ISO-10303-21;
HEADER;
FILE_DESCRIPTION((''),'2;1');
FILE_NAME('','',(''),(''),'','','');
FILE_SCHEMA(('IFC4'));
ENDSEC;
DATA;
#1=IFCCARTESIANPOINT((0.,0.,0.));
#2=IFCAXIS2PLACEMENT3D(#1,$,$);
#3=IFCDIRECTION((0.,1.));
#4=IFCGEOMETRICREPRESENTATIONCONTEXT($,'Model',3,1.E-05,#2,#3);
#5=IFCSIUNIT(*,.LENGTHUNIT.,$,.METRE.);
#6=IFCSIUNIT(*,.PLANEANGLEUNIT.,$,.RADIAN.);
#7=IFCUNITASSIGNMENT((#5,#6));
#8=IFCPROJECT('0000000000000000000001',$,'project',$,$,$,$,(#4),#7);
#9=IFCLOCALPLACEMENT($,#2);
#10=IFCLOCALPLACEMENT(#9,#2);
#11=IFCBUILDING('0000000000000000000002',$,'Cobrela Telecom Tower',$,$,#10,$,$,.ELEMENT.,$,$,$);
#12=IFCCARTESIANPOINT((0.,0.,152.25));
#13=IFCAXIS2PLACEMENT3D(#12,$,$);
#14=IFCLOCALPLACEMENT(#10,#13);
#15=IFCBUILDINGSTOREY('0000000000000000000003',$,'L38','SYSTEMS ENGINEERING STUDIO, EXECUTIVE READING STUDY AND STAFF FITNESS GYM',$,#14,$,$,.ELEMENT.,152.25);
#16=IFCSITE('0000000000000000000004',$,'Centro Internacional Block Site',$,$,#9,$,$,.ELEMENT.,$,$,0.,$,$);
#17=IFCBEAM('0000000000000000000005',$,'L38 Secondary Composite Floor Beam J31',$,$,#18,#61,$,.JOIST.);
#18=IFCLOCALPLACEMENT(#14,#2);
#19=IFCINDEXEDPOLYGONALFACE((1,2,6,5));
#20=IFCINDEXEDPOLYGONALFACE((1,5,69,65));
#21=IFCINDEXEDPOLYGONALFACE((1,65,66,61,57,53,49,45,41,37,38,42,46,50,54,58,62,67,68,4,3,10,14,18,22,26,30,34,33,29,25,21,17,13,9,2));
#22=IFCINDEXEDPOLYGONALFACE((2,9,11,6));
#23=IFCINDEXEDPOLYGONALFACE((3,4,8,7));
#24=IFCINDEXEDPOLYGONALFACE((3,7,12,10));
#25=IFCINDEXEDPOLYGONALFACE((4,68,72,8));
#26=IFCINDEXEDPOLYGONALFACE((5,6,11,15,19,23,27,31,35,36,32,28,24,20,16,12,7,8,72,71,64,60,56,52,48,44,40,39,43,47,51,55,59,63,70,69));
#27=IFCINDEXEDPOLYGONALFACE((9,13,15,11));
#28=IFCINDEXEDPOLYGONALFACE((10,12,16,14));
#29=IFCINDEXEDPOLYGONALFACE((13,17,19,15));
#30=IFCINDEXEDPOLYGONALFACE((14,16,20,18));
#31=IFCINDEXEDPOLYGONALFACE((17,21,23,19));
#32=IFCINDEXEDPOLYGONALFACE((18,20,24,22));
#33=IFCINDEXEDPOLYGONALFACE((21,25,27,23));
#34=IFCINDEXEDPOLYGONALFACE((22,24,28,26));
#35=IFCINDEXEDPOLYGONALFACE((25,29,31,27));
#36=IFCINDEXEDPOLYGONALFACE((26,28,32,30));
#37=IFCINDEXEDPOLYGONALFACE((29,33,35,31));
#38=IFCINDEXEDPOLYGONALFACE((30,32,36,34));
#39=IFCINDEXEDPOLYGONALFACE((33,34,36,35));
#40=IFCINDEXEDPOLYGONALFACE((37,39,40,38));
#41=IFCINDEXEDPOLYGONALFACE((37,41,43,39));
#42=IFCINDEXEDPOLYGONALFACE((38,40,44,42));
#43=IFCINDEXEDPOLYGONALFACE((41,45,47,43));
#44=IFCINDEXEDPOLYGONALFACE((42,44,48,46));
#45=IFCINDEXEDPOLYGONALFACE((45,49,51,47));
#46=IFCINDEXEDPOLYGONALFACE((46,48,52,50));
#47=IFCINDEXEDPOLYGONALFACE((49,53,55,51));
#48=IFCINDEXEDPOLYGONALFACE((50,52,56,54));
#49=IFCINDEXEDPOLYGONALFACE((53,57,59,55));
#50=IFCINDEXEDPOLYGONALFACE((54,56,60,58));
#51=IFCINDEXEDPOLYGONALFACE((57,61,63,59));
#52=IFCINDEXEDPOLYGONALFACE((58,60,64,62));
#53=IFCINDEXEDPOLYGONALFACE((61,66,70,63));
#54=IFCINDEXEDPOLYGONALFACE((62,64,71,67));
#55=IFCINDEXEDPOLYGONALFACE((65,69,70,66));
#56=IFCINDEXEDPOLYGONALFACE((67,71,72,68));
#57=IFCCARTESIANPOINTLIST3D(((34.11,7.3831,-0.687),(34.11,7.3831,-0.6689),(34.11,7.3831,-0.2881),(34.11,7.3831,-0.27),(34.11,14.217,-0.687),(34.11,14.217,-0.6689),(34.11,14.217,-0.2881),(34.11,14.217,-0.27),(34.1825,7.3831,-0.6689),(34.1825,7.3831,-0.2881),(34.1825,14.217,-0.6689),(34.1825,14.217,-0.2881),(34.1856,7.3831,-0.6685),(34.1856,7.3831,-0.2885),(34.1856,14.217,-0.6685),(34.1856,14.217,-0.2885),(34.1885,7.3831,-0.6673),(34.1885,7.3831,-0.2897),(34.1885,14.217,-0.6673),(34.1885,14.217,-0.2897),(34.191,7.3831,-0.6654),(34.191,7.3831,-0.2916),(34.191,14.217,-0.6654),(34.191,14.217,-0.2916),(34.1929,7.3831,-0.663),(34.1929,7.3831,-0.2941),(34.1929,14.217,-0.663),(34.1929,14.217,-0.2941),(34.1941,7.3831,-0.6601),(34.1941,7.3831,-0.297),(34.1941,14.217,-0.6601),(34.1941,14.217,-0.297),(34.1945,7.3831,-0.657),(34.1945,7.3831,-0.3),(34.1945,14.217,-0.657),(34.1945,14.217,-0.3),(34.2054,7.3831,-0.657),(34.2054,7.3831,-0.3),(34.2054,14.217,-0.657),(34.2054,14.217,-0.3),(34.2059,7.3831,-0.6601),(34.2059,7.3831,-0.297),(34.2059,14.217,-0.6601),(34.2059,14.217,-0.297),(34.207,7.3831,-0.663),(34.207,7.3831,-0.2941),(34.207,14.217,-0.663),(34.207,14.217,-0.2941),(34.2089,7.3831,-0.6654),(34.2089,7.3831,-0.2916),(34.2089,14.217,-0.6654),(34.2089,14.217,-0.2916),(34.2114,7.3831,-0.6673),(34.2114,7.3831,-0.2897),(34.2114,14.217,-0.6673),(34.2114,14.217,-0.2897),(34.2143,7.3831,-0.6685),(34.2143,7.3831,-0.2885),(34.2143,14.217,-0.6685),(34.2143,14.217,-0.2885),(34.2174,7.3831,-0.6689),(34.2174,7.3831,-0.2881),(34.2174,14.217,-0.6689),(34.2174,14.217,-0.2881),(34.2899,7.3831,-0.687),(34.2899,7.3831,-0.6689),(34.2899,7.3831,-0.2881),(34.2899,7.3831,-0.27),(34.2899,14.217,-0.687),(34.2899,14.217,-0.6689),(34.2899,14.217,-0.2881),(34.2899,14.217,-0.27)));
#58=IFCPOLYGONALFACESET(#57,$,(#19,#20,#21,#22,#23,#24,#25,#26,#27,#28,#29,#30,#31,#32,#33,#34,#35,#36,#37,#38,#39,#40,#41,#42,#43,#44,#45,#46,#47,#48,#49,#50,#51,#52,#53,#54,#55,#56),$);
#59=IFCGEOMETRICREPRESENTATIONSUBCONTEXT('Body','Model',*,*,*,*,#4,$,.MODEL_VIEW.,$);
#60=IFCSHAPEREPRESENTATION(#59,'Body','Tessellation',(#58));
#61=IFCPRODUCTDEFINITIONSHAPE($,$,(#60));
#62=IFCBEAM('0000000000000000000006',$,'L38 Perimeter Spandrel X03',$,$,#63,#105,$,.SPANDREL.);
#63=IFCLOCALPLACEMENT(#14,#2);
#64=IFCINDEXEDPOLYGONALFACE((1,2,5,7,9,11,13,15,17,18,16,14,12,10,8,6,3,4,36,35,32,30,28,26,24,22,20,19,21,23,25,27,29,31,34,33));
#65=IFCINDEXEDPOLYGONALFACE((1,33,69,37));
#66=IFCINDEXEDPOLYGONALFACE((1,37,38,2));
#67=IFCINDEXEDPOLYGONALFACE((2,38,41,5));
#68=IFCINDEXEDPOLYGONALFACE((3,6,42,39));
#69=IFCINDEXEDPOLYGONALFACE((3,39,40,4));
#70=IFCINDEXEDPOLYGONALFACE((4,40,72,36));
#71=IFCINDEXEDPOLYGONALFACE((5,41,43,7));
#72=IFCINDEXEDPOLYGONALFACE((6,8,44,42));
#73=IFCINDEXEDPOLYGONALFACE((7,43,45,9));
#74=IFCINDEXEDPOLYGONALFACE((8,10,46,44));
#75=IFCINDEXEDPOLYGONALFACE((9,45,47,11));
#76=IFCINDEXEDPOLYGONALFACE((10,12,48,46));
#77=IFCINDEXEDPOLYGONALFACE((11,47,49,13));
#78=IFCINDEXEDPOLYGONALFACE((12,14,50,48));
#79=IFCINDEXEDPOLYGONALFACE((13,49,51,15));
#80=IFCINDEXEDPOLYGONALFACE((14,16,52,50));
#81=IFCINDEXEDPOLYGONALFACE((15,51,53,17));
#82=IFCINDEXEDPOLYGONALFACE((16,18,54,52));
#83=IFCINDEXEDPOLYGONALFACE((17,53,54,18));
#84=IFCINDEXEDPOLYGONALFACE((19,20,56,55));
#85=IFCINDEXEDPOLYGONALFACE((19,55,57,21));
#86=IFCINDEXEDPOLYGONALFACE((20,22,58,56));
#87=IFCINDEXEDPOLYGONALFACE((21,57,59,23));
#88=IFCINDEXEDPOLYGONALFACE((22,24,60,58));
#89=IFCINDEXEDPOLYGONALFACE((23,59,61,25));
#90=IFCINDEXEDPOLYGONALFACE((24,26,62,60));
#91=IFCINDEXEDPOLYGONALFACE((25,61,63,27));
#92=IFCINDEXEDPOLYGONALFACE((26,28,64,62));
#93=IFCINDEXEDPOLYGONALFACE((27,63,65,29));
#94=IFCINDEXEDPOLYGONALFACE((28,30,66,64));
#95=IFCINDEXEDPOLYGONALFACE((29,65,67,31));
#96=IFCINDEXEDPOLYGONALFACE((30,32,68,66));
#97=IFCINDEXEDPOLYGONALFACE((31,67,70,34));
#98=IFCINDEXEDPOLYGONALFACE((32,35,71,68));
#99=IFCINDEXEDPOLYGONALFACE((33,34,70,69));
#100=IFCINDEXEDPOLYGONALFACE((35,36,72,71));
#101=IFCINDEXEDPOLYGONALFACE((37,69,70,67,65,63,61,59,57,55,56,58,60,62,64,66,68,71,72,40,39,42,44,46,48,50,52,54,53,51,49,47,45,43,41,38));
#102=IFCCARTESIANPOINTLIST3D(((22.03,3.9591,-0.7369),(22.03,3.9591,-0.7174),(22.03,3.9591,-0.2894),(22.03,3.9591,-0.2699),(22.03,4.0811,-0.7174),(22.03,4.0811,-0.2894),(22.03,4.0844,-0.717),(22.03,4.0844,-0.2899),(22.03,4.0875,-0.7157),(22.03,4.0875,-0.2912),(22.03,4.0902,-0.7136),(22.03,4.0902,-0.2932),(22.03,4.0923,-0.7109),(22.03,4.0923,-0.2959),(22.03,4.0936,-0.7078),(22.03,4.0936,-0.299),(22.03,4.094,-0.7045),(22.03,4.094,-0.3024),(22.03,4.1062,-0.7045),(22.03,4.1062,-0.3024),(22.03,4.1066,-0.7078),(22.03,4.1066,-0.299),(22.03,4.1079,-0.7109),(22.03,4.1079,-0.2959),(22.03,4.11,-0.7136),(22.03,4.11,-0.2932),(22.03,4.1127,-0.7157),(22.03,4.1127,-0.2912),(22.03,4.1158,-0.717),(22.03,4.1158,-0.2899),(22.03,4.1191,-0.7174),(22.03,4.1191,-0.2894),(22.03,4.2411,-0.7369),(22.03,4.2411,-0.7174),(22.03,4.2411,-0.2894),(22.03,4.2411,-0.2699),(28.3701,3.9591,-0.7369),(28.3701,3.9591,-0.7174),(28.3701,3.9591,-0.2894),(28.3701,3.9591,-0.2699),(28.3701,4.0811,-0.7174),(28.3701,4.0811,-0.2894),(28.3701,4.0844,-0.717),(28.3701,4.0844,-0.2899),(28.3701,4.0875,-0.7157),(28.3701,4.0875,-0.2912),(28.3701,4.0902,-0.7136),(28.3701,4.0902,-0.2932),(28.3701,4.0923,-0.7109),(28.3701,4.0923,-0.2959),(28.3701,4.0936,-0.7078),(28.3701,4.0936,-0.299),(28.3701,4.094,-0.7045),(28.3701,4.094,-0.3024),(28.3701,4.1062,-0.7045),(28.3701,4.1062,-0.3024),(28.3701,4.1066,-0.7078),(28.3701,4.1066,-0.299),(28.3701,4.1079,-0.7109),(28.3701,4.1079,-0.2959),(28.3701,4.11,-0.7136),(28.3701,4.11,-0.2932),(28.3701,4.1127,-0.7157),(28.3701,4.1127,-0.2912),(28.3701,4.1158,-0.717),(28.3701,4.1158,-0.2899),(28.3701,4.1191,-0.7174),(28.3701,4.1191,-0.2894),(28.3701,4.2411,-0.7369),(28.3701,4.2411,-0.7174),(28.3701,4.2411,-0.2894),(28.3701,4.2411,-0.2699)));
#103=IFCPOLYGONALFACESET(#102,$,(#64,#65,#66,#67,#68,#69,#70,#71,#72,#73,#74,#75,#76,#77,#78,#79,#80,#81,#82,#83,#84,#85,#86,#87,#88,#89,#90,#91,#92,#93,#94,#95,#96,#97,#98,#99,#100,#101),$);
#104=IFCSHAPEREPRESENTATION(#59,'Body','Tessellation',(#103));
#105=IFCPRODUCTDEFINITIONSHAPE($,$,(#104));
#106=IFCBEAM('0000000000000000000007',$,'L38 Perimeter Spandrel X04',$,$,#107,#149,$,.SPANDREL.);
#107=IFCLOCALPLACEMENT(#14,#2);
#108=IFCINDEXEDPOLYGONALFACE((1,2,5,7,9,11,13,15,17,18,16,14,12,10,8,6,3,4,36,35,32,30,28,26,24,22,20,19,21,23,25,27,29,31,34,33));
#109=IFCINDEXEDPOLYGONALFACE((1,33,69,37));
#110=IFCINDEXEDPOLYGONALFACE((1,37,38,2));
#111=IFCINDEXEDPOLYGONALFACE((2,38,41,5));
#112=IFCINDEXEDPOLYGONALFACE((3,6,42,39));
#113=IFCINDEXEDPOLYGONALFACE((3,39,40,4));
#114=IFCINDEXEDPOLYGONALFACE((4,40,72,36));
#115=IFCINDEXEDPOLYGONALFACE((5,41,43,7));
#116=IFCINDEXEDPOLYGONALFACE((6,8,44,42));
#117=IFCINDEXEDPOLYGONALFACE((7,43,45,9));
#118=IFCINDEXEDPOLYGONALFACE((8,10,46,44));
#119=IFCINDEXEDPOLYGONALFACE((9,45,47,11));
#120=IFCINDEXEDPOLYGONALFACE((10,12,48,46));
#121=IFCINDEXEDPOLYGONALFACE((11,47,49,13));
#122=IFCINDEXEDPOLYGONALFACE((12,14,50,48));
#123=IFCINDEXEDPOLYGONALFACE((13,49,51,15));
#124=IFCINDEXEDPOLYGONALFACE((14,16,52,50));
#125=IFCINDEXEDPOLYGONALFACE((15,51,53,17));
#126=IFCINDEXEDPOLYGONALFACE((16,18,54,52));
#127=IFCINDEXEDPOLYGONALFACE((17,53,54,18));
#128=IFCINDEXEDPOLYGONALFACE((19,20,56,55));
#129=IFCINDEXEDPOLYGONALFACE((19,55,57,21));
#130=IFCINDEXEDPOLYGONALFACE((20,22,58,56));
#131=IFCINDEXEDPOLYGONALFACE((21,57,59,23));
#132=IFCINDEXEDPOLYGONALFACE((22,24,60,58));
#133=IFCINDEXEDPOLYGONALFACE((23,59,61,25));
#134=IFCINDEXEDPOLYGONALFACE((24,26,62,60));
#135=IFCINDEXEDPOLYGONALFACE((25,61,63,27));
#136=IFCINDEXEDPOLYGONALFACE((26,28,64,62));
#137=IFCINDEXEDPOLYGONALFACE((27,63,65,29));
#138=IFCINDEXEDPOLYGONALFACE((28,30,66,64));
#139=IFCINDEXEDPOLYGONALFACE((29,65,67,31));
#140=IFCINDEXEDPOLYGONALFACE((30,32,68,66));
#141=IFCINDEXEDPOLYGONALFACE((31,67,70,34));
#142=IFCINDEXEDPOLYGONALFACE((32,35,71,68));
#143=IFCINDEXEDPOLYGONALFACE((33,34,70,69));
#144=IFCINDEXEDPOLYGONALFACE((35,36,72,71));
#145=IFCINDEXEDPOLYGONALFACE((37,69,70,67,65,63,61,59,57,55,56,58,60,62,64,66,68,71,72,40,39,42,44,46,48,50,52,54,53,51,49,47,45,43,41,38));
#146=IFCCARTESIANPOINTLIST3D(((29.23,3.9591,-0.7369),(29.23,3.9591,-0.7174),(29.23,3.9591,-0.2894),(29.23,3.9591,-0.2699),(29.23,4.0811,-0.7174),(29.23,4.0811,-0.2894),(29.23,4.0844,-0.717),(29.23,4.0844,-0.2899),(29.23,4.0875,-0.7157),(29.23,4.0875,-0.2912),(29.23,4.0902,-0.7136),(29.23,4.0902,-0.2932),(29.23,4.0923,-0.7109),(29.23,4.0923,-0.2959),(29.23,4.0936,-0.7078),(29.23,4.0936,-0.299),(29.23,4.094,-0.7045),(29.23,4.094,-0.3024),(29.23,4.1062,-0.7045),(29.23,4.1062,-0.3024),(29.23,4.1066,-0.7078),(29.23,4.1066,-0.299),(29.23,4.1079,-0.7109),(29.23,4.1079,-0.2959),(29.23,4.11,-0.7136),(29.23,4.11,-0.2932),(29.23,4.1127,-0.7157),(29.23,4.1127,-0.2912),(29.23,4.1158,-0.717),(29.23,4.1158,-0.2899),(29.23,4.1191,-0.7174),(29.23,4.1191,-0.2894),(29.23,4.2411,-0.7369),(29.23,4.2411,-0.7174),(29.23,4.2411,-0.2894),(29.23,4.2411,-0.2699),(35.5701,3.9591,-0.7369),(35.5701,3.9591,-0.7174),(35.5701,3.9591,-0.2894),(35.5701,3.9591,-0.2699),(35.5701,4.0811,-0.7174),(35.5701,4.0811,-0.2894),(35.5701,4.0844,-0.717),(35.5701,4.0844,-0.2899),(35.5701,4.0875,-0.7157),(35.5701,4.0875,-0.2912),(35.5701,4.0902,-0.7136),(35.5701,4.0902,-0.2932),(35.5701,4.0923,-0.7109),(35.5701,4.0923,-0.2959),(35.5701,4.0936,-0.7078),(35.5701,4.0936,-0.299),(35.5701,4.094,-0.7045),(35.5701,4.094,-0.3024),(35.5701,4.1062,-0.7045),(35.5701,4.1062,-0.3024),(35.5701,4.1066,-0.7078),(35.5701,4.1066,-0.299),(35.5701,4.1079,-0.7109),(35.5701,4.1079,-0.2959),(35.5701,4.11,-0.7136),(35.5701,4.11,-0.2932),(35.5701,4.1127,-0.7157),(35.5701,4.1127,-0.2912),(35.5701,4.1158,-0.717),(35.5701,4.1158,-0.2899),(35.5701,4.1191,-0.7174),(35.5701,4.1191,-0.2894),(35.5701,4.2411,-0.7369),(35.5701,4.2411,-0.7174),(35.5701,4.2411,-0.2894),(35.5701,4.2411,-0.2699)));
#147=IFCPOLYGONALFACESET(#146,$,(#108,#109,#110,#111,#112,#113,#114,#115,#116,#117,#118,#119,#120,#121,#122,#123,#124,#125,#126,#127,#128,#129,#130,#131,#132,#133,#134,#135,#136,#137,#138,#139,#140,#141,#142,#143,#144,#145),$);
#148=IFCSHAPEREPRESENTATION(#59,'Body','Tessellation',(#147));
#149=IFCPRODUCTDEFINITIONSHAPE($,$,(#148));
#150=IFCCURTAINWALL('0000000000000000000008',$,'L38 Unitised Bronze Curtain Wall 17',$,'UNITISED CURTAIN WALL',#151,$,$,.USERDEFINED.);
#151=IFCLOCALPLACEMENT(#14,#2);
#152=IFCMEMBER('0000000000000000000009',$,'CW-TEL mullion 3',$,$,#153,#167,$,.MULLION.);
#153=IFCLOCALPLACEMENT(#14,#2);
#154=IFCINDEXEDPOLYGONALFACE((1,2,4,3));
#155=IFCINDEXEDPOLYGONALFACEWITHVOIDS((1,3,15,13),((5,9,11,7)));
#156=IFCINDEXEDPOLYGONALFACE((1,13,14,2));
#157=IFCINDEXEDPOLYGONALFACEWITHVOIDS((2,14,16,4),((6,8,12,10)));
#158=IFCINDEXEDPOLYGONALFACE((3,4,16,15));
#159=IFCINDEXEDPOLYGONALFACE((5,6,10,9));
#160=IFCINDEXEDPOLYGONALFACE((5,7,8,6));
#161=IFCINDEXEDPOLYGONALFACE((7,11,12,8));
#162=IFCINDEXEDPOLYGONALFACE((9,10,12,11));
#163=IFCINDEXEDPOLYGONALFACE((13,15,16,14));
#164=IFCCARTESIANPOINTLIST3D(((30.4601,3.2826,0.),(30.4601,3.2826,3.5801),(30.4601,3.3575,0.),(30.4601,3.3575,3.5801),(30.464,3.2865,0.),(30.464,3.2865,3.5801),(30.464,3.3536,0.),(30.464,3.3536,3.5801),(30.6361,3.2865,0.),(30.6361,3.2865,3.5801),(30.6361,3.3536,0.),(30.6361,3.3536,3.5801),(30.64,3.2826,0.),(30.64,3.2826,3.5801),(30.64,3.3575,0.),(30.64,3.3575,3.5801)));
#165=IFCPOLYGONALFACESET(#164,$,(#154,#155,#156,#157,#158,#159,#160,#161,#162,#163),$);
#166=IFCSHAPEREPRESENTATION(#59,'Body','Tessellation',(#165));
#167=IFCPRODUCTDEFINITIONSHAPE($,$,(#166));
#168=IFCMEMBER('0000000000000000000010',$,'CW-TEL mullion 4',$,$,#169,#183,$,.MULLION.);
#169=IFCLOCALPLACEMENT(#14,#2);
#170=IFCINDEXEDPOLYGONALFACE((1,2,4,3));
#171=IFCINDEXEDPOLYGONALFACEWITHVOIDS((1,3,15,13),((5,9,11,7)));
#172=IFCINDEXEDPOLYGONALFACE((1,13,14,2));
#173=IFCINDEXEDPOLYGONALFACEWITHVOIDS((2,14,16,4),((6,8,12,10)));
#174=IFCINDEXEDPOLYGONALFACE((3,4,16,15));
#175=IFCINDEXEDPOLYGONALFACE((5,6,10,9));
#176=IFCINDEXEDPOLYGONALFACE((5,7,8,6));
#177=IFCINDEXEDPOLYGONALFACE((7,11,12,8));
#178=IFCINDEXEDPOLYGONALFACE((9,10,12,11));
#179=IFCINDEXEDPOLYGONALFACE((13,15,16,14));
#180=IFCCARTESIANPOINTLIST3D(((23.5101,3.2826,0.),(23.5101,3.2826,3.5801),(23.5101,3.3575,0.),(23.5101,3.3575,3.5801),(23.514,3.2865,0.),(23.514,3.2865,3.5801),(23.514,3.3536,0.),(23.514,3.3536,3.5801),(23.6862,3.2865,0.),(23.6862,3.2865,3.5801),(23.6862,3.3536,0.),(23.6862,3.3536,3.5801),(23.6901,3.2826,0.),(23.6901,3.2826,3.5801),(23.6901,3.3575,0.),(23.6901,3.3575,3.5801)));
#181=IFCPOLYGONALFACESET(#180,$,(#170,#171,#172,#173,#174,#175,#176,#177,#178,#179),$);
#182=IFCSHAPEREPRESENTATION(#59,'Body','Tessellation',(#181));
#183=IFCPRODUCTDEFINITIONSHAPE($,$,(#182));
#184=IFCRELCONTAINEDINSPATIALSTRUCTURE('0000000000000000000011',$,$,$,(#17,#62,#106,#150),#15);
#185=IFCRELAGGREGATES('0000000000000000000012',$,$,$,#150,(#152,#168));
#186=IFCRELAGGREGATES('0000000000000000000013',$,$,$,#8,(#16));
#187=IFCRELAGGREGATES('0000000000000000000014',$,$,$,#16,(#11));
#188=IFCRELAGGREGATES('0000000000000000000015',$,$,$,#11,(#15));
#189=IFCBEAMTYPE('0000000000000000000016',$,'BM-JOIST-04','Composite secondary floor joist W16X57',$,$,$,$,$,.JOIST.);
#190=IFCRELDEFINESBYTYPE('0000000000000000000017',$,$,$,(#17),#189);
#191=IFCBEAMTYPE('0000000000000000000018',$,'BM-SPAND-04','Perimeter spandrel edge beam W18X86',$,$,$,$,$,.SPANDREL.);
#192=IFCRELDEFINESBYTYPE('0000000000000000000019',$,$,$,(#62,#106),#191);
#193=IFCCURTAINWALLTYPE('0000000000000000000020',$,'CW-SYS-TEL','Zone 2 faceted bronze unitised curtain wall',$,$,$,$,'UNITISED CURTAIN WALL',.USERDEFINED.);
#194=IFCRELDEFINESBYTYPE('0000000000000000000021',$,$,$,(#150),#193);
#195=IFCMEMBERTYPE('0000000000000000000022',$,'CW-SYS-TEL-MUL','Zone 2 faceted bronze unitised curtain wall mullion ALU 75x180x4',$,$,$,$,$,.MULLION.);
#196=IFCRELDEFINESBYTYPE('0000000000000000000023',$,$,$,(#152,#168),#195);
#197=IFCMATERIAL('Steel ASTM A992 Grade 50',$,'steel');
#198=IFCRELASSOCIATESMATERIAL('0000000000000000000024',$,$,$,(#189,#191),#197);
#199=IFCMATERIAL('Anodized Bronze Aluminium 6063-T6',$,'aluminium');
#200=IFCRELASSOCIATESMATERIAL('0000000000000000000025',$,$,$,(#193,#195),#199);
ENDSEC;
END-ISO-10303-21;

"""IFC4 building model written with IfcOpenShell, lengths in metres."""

from ifc_helpers import new_model, si_unit, direction, frame, origin, origin_2d, place, context, subcontext, project, spatial, hollow_rectangle, i_section, extrude, material, material_profile, profile_set, type_object, element, aggregate, save


model = new_model("IFC4")

# Units and contexts
model_context = context("Model", 3, precision=1e-05, world=origin(), true_north=direction((0.0, 1.0)))
body_context = subcontext(model_context, "Body", "Model", "MODEL_VIEW")
ifc_project = project(units=[si_unit("LENGTHUNIT", "METRE"), si_unit("PLANEANGLEUNIT", "RADIAN")], contexts=[model_context])

# Site, building, storey
site_placement = place(None, origin())
site = spatial("IfcSite", under=ifc_project, at=site_placement, Name="Centro Internacional Block Site", CompositionType="ELEMENT", RefElevation=0.0)
building_placement = place(site_placement, origin())
building = spatial("IfcBuilding", under=site, at=building_placement, Name="Cobrela Telecom Tower", CompositionType="ELEMENT")
storey_placement = place(building_placement, frame((0.0, 0.0, 152.25)))
storey = spatial("IfcBuildingStorey", under=building, at=storey_placement, Name="L38", Description="SYSTEMS ENGINEERING STUDIO, EXECUTIVE READING STUDY AND STAFF FITNESS GYM", CompositionType="ELEMENT", Elevation=152.25)

# Shared definitions
ifc_material_1 = material(Name="Steel ASTM A992 Grade 50", Category="steel")

# Beams
ifc_material_profile_1 = material_profile(ifc_material_1, i_section(OverallWidth=0.1799, OverallDepth=0.417, WebThickness=0.011, FlangeThickness=0.0181, FilletRadius=0.012, at=origin_2d()), Name="W16X57")
ifc_profile_set_1 = profile_set([ifc_material_profile_1], Name="Steel ASTM A992 Grade 50")
beam_type_1 = type_object("IfcBeamType", Name="BM-JOIST-04", Description="Composite secondary floor joist W16X57", PredefinedType="JOIST", material=ifc_profile_set_1)
for number, where, z_axis, x_axis, name in (
    (1, (34.2, 7.3831, -0.4785), (0.0, 1.0, 0.0), (-1.0, 0.0, 0.0), "L38 Secondary Composite Floor Beam J31"),
):
    element("IfcBeam", number, at=place(storey_placement, frame(where, z_axis=z_axis, x_axis=x_axis)), inside=storey, type_object=beam_type_1, Name=name, PredefinedType="JOIST", context=body_context, shape_type="SweptSolid", body=[
        extrude(i_section(OverallWidth=0.1799, OverallDepth=0.417, WebThickness=0.011, FlangeThickness=0.0181, FilletRadius=0.012, at=origin_2d()), origin(), (0.0, 0.0, 1.0), 6.834),
    ])
ifc_material_profile_2 = material_profile(ifc_material_1, i_section(OverallWidth=0.282, OverallDepth=0.467, WebThickness=0.0122, FlangeThickness=0.0195, FilletRadius=0.0129, at=origin_2d()), Name="W18X86")
ifc_profile_set_2 = profile_set([ifc_material_profile_2], Name="Steel ASTM A992 Grade 50")
beam_type_2 = type_object("IfcBeamType", Name="BM-SPAND-04", Description="Perimeter spandrel edge beam W18X86", PredefinedType="SPANDREL", material=ifc_profile_set_2)
for number, where, z_axis, x_axis, name in (
    (2, (22.03, 4.1001, -0.5034), (1.0, 0.0, 0.0), (0.0, 1.0, 0.0), "L38 Perimeter Spandrel X03"),
    (3, (29.23, 4.1001, -0.5034), (1.0, 0.0, 0.0), (0.0, 1.0, 0.0), "L38 Perimeter Spandrel X04"),
):
    element("IfcBeam", number, at=place(storey_placement, frame(where, z_axis=z_axis, x_axis=x_axis)), inside=storey, type_object=beam_type_2, Name=name, PredefinedType="SPANDREL", context=body_context, shape_type="SweptSolid", body=[
        extrude(i_section(OverallWidth=0.282, OverallDepth=0.467, WebThickness=0.0122, FlangeThickness=0.0195, FilletRadius=0.0129, at=origin_2d()), origin(), (0.0, 0.0, 1.0), 6.3401),
    ])

# Curtain wall, members
ifc_material_2 = material(Name="Anodized Bronze Aluminium 6063-T6", Category="aluminium")
curtain_wall_type = type_object("IfcCurtainWallType", Name="CW-SYS-TEL", Description="Zone 2 faceted bronze unitised curtain wall", ElementType="UNITISED CURTAIN WALL", PredefinedType="USERDEFINED", material=ifc_material_2)
curtain_wall_placement = place(storey_placement, origin())
curtain_wall = element("IfcCurtainWall", 4, at=curtain_wall_placement, inside=storey, type_object=curtain_wall_type, Name="L38 Unitised Bronze Curtain Wall 17", ObjectType="UNITISED CURTAIN WALL", PredefinedType="USERDEFINED")
ifc_material_profile_3 = material_profile(ifc_material_2, hollow_rectangle(XDim=0.075, YDim=0.1799, WallThickness=0.0039, at=origin_2d()), Name="ALU 75x180x4")
ifc_profile_set_3 = profile_set([ifc_material_profile_3], Name="Anodized Bronze Aluminium 6063-T6")
member_type_1 = type_object("IfcMemberType", Name="CW-SYS-TEL-MUL", Description="Zone 2 faceted bronze unitised curtain wall mullion ALU 75x180x4", PredefinedType="MULLION", material=ifc_profile_set_3)
member_1_placement = place(storey_placement, frame((30.55, 3.3201, 0.0), z_axis=(0.0, 0.0, 1.0), x_axis=(0.0, -1.0, 0.0)))
member_1 = element("IfcMember", 5, at=member_1_placement, type_object=member_type_1, Name="CW-TEL mullion 3", PredefinedType="MULLION", context=body_context, shape_type="SweptSolid", body=[
    extrude(hollow_rectangle(XDim=0.075, YDim=0.1799, WallThickness=0.0039, at=origin_2d()), origin(), (0.0, 0.0, 1.0), 3.5801),
])
member_2_placement = place(storey_placement, frame((23.6001, 3.3201, 0.0), z_axis=(0.0, 0.0, 1.0), x_axis=(0.0, -1.0, 0.0)))
member_2 = element("IfcMember", 6, at=member_2_placement, type_object=member_type_1, Name="CW-TEL mullion 4", PredefinedType="MULLION", context=body_context, shape_type="SweptSolid", body=[
    extrude(hollow_rectangle(XDim=0.075, YDim=0.1799, WallThickness=0.0039, at=origin_2d()), origin(), (0.0, 0.0, 1.0), 3.5801),
])
aggregate(curtain_wall, [member_1, member_2])

save(model, "model.ifc")
